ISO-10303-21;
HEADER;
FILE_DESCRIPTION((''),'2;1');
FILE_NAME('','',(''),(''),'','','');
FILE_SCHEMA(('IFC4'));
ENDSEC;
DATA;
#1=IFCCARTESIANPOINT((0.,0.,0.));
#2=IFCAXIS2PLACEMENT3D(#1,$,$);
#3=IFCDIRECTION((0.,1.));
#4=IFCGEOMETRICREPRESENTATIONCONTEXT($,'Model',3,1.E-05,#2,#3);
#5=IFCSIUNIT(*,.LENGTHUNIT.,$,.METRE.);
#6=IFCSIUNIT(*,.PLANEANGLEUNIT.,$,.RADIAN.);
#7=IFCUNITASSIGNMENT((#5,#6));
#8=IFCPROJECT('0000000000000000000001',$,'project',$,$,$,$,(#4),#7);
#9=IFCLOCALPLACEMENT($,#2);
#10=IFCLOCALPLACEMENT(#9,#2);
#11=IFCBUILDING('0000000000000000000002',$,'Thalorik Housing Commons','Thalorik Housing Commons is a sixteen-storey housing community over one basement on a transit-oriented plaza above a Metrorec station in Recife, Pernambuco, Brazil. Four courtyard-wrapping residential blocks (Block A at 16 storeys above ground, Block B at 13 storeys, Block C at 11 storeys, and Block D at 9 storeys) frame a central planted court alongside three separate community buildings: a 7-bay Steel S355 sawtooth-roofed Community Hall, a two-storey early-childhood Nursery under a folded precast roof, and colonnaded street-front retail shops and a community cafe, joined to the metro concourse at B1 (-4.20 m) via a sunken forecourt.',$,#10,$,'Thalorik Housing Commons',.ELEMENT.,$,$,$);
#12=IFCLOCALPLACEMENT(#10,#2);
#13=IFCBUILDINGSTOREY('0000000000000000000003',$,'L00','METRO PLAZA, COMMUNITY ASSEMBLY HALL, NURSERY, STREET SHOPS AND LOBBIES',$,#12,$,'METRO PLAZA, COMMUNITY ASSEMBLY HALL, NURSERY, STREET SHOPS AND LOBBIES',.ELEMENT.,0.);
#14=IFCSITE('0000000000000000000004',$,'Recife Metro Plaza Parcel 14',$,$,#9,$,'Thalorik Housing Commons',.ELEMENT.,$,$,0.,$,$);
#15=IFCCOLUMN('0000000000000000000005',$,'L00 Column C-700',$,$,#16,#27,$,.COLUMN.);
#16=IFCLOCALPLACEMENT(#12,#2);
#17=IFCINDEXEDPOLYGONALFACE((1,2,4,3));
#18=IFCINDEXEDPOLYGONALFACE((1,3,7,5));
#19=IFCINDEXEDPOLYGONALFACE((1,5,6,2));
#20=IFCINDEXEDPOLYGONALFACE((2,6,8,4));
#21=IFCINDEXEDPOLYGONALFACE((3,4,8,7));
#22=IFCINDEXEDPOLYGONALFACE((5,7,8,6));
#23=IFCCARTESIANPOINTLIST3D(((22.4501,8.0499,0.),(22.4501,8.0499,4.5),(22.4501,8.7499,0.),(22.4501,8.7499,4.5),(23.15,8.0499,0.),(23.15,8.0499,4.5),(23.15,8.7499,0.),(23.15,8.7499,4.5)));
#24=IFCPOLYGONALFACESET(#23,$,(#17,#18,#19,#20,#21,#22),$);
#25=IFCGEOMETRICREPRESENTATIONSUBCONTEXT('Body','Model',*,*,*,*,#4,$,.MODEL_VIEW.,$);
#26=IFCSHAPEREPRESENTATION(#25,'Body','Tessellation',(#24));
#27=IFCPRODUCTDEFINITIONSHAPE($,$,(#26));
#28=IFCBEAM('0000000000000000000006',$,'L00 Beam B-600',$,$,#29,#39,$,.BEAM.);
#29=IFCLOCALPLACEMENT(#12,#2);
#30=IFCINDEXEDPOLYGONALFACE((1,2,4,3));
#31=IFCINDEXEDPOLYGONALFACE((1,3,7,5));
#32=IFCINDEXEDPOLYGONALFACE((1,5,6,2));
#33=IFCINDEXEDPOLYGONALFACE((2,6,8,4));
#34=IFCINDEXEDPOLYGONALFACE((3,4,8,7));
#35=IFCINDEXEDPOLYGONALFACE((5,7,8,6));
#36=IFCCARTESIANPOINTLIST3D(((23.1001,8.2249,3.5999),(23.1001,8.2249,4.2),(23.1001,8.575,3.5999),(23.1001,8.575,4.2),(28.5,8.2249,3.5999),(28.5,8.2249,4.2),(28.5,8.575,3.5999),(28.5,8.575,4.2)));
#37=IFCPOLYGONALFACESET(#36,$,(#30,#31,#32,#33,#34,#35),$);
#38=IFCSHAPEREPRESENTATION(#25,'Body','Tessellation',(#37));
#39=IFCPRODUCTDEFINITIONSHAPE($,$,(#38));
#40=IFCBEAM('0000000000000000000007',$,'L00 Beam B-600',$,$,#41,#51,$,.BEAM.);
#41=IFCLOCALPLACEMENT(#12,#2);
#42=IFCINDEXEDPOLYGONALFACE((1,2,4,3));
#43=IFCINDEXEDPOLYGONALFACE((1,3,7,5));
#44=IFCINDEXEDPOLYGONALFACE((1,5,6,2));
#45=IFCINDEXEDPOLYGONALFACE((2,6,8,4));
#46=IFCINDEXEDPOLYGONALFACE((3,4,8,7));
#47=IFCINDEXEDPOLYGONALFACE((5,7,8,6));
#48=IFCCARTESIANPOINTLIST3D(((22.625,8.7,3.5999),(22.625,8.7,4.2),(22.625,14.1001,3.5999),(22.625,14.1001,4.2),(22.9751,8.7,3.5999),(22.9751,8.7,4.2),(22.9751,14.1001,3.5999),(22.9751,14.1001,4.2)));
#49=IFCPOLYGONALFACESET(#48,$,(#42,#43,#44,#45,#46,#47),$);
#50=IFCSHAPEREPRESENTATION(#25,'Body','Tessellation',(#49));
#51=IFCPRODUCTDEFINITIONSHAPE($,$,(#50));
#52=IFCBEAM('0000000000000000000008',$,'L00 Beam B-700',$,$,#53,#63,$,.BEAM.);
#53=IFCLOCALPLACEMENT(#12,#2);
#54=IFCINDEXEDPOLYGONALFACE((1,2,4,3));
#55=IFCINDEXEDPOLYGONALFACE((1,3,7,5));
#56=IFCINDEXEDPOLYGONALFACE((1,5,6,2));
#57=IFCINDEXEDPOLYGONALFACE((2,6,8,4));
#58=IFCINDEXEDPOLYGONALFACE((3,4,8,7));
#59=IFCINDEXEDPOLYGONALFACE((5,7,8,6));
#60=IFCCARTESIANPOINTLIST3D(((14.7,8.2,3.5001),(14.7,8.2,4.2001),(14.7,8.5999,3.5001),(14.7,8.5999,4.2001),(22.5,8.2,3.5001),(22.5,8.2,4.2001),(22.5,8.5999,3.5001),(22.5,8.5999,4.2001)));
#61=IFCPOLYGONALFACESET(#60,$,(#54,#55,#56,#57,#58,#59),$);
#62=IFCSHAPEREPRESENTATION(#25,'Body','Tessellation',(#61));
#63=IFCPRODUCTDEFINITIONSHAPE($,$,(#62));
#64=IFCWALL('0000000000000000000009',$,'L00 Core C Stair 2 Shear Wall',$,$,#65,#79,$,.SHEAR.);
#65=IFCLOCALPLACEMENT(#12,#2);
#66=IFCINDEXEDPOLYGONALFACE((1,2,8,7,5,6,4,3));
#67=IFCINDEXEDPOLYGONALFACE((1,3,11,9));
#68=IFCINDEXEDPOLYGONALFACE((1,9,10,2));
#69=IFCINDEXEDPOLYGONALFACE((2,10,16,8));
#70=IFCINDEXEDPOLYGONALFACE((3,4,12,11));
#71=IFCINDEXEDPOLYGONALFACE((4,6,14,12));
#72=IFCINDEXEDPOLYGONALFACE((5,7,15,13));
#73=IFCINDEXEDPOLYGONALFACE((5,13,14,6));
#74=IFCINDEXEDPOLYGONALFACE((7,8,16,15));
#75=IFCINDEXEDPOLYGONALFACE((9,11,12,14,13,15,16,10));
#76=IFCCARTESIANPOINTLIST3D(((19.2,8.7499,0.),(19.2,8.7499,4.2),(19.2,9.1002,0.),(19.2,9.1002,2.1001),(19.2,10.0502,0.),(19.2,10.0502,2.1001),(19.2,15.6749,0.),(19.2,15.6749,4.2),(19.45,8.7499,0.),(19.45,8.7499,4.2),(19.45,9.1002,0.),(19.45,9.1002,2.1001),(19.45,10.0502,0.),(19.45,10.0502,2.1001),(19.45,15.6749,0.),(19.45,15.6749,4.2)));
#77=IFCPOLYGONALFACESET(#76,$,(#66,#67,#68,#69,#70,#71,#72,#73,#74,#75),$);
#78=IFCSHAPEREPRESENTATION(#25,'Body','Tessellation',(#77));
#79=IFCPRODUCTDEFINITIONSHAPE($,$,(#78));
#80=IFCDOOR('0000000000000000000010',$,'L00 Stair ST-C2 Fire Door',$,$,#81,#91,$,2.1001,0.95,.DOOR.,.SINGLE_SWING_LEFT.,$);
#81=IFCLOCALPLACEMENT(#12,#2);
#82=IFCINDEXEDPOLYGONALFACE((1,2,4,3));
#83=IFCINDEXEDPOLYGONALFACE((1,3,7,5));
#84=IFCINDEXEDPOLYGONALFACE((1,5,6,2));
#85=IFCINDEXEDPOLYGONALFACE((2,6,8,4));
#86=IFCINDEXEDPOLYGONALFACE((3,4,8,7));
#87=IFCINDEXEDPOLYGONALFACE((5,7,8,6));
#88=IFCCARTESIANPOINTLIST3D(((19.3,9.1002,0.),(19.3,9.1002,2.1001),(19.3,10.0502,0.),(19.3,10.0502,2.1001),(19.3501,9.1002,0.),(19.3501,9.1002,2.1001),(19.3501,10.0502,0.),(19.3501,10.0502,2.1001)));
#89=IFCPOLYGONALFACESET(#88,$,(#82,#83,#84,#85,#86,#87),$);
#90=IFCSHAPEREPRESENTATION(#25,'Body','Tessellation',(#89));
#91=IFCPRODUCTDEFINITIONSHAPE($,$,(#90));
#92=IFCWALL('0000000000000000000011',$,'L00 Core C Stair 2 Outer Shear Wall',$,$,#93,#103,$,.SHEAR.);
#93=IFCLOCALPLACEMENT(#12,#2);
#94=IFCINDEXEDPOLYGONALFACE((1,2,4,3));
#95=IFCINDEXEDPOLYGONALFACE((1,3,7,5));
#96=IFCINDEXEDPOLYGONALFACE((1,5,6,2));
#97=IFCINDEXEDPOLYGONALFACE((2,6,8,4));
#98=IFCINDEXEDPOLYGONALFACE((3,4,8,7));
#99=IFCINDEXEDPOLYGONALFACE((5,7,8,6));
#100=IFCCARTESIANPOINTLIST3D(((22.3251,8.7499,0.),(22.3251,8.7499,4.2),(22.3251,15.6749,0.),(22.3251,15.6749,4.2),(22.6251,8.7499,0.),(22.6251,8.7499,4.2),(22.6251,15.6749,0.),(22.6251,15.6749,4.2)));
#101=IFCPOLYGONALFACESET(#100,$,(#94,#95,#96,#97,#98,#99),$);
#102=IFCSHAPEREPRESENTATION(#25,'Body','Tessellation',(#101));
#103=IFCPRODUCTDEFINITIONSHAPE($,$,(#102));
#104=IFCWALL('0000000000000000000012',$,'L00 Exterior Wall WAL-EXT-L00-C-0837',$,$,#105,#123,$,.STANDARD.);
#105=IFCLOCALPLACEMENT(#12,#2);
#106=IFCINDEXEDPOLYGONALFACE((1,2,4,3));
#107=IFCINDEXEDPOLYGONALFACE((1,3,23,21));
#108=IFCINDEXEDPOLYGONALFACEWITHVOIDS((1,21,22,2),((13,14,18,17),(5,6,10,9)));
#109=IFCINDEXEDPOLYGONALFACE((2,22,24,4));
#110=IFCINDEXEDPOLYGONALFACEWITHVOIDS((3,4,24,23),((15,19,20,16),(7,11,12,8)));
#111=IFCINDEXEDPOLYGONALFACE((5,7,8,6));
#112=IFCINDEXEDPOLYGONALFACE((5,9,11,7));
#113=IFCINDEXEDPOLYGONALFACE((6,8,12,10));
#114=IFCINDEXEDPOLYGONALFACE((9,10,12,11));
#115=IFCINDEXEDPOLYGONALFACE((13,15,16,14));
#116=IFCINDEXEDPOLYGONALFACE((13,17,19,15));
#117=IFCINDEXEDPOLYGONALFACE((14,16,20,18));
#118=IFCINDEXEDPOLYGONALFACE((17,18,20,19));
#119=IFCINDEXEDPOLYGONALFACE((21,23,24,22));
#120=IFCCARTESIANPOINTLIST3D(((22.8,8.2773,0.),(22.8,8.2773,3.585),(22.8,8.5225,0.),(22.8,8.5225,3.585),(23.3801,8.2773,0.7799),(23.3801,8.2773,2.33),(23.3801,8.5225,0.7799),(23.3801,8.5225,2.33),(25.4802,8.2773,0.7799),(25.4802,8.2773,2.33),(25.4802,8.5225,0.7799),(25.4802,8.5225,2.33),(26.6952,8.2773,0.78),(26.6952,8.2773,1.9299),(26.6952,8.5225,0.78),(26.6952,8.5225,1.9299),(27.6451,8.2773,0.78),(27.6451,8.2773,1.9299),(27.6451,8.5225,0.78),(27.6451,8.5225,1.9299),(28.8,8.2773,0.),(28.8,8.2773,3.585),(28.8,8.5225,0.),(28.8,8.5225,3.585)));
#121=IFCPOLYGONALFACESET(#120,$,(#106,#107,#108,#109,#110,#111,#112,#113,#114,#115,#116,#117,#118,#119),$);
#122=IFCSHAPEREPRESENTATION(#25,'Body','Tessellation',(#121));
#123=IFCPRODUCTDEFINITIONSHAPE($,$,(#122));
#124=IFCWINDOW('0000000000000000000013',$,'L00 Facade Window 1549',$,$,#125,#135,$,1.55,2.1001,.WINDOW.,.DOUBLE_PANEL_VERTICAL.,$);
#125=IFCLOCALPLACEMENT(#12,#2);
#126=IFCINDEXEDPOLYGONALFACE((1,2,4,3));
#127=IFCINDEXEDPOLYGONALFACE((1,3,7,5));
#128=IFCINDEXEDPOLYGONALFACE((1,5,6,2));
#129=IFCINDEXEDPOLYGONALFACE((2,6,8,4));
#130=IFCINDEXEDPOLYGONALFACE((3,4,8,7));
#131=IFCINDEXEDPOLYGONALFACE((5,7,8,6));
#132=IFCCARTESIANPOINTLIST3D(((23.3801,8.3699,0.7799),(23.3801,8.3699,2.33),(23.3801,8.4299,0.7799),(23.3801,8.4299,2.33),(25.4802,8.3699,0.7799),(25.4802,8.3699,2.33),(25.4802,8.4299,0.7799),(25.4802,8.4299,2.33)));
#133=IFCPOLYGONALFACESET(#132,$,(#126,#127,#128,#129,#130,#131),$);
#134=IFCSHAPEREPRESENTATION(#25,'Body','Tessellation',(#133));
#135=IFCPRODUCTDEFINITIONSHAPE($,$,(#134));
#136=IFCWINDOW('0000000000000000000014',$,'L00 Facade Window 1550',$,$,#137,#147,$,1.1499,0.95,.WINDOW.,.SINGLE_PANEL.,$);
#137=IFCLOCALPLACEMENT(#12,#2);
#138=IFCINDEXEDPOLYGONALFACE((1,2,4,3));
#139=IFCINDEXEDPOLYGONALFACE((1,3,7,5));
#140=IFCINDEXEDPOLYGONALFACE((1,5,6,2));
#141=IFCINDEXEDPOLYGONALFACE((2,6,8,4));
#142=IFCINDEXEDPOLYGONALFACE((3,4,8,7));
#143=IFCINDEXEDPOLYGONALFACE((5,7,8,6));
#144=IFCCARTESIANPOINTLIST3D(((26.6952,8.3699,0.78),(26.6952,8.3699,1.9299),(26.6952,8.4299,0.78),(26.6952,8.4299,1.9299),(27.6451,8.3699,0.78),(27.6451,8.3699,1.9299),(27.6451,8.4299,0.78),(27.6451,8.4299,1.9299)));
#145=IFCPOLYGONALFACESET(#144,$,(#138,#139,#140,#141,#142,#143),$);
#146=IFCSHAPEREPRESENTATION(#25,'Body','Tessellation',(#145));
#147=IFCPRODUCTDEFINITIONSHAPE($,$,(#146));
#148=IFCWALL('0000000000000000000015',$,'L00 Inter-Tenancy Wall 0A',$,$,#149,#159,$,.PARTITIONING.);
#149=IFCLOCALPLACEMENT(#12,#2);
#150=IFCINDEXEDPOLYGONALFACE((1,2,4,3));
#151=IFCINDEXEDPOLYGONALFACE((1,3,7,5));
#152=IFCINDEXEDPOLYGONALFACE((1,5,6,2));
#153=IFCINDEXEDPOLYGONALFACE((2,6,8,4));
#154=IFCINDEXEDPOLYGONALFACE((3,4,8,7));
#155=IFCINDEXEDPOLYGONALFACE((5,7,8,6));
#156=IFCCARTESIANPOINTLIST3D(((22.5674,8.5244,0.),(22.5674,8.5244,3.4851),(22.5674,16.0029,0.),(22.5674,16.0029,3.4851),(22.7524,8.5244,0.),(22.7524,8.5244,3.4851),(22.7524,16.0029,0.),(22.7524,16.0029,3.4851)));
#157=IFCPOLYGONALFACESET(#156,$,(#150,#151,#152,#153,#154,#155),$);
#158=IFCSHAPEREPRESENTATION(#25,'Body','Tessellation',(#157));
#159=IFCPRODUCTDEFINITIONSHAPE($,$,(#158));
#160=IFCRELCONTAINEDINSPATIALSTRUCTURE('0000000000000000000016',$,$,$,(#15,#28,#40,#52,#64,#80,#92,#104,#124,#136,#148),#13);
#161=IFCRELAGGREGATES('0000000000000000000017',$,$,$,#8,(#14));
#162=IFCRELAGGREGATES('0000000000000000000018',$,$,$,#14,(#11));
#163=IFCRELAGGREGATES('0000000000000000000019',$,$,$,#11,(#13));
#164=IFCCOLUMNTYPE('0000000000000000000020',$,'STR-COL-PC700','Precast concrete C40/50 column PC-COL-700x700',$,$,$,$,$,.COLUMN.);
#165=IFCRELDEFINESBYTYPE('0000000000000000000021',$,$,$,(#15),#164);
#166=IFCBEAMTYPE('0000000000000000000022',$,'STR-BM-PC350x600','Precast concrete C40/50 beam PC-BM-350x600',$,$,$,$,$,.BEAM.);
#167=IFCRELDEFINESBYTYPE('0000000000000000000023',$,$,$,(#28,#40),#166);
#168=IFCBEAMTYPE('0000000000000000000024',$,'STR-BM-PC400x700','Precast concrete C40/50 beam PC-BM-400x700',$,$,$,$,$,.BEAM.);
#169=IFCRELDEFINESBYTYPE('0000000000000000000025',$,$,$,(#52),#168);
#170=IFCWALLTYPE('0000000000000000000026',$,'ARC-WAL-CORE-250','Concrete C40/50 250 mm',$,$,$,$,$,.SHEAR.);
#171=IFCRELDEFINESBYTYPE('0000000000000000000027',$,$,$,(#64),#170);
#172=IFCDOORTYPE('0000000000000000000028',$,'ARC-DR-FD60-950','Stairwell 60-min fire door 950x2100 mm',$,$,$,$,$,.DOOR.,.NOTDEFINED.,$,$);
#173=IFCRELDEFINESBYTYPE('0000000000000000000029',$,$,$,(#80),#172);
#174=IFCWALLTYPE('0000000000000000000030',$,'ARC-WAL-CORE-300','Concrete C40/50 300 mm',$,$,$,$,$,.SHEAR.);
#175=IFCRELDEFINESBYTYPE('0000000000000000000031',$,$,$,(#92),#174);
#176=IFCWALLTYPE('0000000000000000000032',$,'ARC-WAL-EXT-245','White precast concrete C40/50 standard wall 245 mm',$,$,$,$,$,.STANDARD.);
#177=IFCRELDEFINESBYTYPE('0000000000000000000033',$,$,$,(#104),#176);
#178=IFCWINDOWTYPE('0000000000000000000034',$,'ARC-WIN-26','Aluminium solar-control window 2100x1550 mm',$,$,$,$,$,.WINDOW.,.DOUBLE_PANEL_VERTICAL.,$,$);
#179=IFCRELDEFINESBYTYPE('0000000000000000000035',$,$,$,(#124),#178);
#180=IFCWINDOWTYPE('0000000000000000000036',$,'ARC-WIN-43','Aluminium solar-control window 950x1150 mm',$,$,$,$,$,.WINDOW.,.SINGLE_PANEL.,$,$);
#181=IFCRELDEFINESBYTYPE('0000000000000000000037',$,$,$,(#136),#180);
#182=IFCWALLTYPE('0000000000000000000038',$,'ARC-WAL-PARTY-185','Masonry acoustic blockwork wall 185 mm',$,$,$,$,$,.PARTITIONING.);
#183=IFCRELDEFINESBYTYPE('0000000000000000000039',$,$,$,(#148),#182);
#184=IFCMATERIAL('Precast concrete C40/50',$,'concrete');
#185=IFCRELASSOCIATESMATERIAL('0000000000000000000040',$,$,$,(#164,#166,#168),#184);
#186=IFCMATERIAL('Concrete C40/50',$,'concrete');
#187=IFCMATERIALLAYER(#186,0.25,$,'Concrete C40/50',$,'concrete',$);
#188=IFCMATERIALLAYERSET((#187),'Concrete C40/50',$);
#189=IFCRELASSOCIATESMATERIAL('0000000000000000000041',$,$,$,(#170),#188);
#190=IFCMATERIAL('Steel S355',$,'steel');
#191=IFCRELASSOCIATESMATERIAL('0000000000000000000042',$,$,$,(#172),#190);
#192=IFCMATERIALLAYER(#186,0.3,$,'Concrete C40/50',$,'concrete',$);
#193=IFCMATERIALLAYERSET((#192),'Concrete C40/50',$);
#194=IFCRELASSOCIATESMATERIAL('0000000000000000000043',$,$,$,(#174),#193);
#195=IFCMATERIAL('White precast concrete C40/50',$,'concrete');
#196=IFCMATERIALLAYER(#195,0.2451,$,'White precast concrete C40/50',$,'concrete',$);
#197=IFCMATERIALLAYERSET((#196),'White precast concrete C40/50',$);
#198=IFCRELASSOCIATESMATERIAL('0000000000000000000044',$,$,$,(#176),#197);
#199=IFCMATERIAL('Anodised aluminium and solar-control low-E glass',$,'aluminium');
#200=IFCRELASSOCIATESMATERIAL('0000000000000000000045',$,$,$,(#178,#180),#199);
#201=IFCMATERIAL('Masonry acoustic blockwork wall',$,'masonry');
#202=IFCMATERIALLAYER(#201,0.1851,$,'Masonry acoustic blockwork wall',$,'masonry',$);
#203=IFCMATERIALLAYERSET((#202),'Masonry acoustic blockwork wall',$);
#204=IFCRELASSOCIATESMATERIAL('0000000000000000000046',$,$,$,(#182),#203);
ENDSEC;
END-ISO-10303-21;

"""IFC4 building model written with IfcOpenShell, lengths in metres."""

from ifc_helpers import new_model, si_unit, direction, frame, frame_2d, origin, origin_2d, place, context, subcontext, project, spatial, rectangle, extrude, material, layer, layer_set, material_profile, profile_set, type_object, element, fill, save


model = new_model("IFC4")

# Units and contexts
model_context = context("Model", 3, precision=1e-05, world=origin(), true_north=direction((0.0, 1.0)))
body_context = subcontext(model_context, "Body", "Model", "MODEL_VIEW")
ifc_project = project(units=[si_unit("LENGTHUNIT", "METRE"), si_unit("PLANEANGLEUNIT", "RADIAN")], contexts=[model_context])

# Site, building, storey
site_placement = place(None, origin())
site = spatial("IfcSite", under=ifc_project, at=site_placement, Name="Recife Metro Plaza Parcel 14", LongName="Thalorik Housing Commons", CompositionType="ELEMENT", RefElevation=0.0)
building_placement = place(site_placement, origin())
building = spatial("IfcBuilding", under=site, at=building_placement, Name="Thalorik Housing Commons", Description="Thalorik Housing Commons is a sixteen-storey housing community over one basement on a transit-oriented plaza above a Metrorec station in Recife, Pernambuco, Brazil. Four courtyard-wrapping residential blocks (Block A at 16 storeys above ground, Block B at 13 storeys, Block C at 11 storeys, and Block D at 9 storeys) frame a central planted court alongside three separate community buildings: a 7-bay Steel S355 sawtooth-roofed Community Hall, a two-storey early-childhood Nursery under a folded precast roof, and colonnaded street-front retail shops and a community cafe, joined to the metro concourse at B1 (-4.20 m) via a sunken forecourt.", LongName="Thalorik Housing Commons", CompositionType="ELEMENT")
storey_placement = place(building_placement, origin())
storey = spatial("IfcBuildingStorey", under=building, at=storey_placement, Name="L00", Description="METRO PLAZA, COMMUNITY ASSEMBLY HALL, NURSERY, STREET SHOPS AND LOBBIES", LongName="METRO PLAZA, COMMUNITY ASSEMBLY HALL, NURSERY, STREET SHOPS AND LOBBIES", CompositionType="ELEMENT", Elevation=0.0)

# Column
ifc_material_1 = material(Name="Precast concrete C40/50", Category="concrete")
ifc_material_profile_1 = material_profile(ifc_material_1, rectangle(XDim=0.7, YDim=0.7, at=origin_2d()), Name="PC 700x700", Category="concrete")
ifc_profile_set_1 = profile_set([ifc_material_profile_1], Name="Precast concrete C40/50")
column_type = type_object("IfcColumnType", Name="STR-COL-PC700", Description="Precast concrete C40/50 column PC-COL-700x700", PredefinedType="COLUMN", material=ifc_profile_set_1)
column_placement = place(storey_placement, frame((22.8, 8.3999, 0.0), z_axis=(0.0, 0.0, 1.0), x_axis=(1.0, 0.0, 0.0)))
element("IfcColumn", 1, at=column_placement, inside=storey, type_object=column_type, Name="L00 Column C-700", PredefinedType="COLUMN", context=body_context, shape_type="SweptSolid", body=[
    extrude(rectangle(XDim=0.7, YDim=0.7, at=origin_2d()), origin(), (0.0, 0.0, 1.0), 4.5),
])

# Beams
ifc_material_profile_2 = material_profile(ifc_material_1, rectangle(XDim=0.3501, YDim=0.6001, at=origin_2d()), Name="PC 350x600", Category="concrete")
ifc_profile_set_2 = profile_set([ifc_material_profile_2], Name="Precast concrete C40/50")
beam_type_1 = type_object("IfcBeamType", Name="STR-BM-PC350x600", Description="Precast concrete C40/50 beam PC-BM-350x600", PredefinedType="BEAM", material=ifc_profile_set_2)
beam_1_placement = place(storey_placement, frame((23.1001, 8.3999, 3.8999), z_axis=(1.0, 0.0, 0.0), x_axis=(0.0, 1.0, 0.0)))
element("IfcBeam", 2, at=beam_1_placement, inside=storey, type_object=beam_type_1, Name="L00 Beam B-600", PredefinedType="BEAM", context=body_context, shape_type="SweptSolid", body=[
    extrude(rectangle(XDim=0.3501, YDim=0.6001, at=origin_2d()), origin(), (0.0, 0.0, 1.0), 5.3999),
])
beam_2_placement = place(storey_placement, frame((22.8, 8.7, 3.8999), z_axis=(0.0, 1.0, 0.0), x_axis=(-1.0, 0.0, 0.0)))
element("IfcBeam", 3, at=beam_2_placement, inside=storey, type_object=beam_type_1, Name="L00 Beam B-600", PredefinedType="BEAM", context=body_context, shape_type="SweptSolid", body=[
    extrude(rectangle(XDim=0.3501, YDim=0.6001, at=origin_2d()), origin(), (0.0, 0.0, 1.0), 5.4001),
])
ifc_material_profile_3 = material_profile(ifc_material_1, rectangle(XDim=0.3999, YDim=0.7, at=origin_2d()), Name="PC 400x700", Category="concrete")
ifc_profile_set_3 = profile_set([ifc_material_profile_3], Name="Precast concrete C40/50")
beam_type_2 = type_object("IfcBeamType", Name="STR-BM-PC400x700", Description="Precast concrete C40/50 beam PC-BM-400x700", PredefinedType="BEAM", material=ifc_profile_set_3)
beam_3_placement = place(storey_placement, frame((14.7, 8.3999, 3.8501), z_axis=(1.0, 0.0, 0.0), x_axis=(0.0, 1.0, 0.0)))
element("IfcBeam", 4, at=beam_3_placement, inside=storey, type_object=beam_type_2, Name="L00 Beam B-700", PredefinedType="BEAM", context=body_context, shape_type="SweptSolid", body=[
    extrude(rectangle(XDim=0.3999, YDim=0.7, at=origin_2d()), origin(), (0.0, 0.0, 1.0), 7.8),
])

# Wall, opening, door
ifc_material_2 = material(Name="Concrete C40/50", Category="concrete")
ifc_layer_1 = layer(ifc_material_2, 0.25, Name="Concrete C40/50", Category="concrete")
ifc_layer_set_1 = layer_set([ifc_layer_1], Name="Concrete C40/50")
wall_type_1 = type_object("IfcWallType", Name="ARC-WAL-CORE-250", Description="Concrete C40/50 250 mm", PredefinedType="SHEAR", material=ifc_layer_set_1)
wall_1_placement = place(storey_placement, frame((19.325, 8.75, 0.0), z_axis=(0.0, 0.0, 1.0), x_axis=(0.0, 1.0, 0.0)))
wall_1 = element("IfcWall", 5, at=wall_1_placement, inside=storey, type_object=wall_type_1, Name="L00 Core C Stair 2 Shear Wall", PredefinedType="SHEAR", context=body_context, shape_type="SweptSolid", body=[
    extrude(rectangle(XDim=6.925, YDim=0.25, at=frame_2d((3.4624, 0.0))), origin(), (0.0, 0.0, 1.0), 4.2),
])
opening_1_placement = place(wall_1_placement, frame((0.3501, 0.0, 0.0)))
opening_1 = element("IfcOpeningElement", 6, at=opening_1_placement, cuts=wall_1, PredefinedType="OPENING", context=body_context, shape_type="SweptSolid", body=[
    extrude(rectangle(XDim=0.95, YDim=2.1001, at=frame_2d((0.4751, 1.05))), frame((0.0, 0.135, 0.0), z_axis=(0.0, -1.0, 0.0), x_axis=(1.0, 0.0, 0.0)), (0.0, 0.0, 1.0), 0.27),
])
ifc_material_3 = material(Name="Steel S355", Category="steel")
door_type_1 = type_object("IfcDoorType", Name="ARC-DR-FD60-950", Description="Stairwell 60-min fire door 950x2100 mm", OperationType="NOTDEFINED", PredefinedType="DOOR", material=ifc_material_3)
door_1_placement = place(opening_1_placement, origin())
door_1 = element("IfcDoor", 7, at=door_1_placement, inside=storey, type_object=door_type_1, Name="L00 Stair ST-C2 Fire Door", OperationType="SINGLE_SWING_LEFT", OverallHeight=2.1001, OverallWidth=0.95, PredefinedType="DOOR", context=body_context, shape_type="SweptSolid", body=[
    extrude(rectangle(XDim=0.95, YDim=2.1001, at=frame_2d((0.4751, 1.05))), frame((0.0, 0.0249, 0.0), z_axis=(0.0, -1.0, 0.0), x_axis=(1.0, 0.0, 0.0)), (0.0, 0.0, 1.0), 0.05),
])
fill(opening_1, door_1)

# Wall
ifc_layer_2 = layer(ifc_material_2, 0.3, Name="Concrete C40/50", Category="concrete")
ifc_layer_set_2 = layer_set([ifc_layer_2], Name="Concrete C40/50")
wall_type_2 = type_object("IfcWallType", Name="ARC-WAL-CORE-300", Description="Concrete C40/50 300 mm", PredefinedType="SHEAR", material=ifc_layer_set_2)
wall_2_placement = place(storey_placement, frame((22.4751, 8.75, 0.0), z_axis=(0.0, 0.0, 1.0), x_axis=(0.0, 1.0, 0.0)))
element("IfcWall", 8, at=wall_2_placement, inside=storey, type_object=wall_type_2, Name="L00 Core C Stair 2 Outer Shear Wall", PredefinedType="SHEAR", context=body_context, shape_type="SweptSolid", body=[
    extrude(rectangle(XDim=6.925, YDim=0.3, at=frame_2d((3.4624, 0.0))), origin(), (0.0, 0.0, 1.0), 4.2),
])

# Wall, openings, windows
ifc_material_4 = material(Name="White precast concrete C40/50", Category="concrete")
ifc_layer_3 = layer(ifc_material_4, 0.2451, Name="White precast concrete C40/50", Category="concrete")
ifc_layer_set_3 = layer_set([ifc_layer_3], Name="White precast concrete C40/50")
wall_type_3 = type_object("IfcWallType", Name="ARC-WAL-EXT-245", Description="White precast concrete C40/50 standard wall 245 mm", PredefinedType="STANDARD", material=ifc_layer_set_3)
wall_3_placement = place(storey_placement, frame((22.8, 8.3999, 0.0), z_axis=(0.0, 0.0, 1.0), x_axis=(1.0, 0.0, 0.0)))
wall_3 = element("IfcWall", 9, at=wall_3_placement, inside=storey, type_object=wall_type_3, Name="L00 Exterior Wall WAL-EXT-L00-C-0837", PredefinedType="STANDARD", context=body_context, shape_type="SweptSolid", body=[
    extrude(rectangle(XDim=6.0, YDim=0.2451, at=frame_2d((3.0, 0.0))), origin(), (0.0, 0.0, 1.0), 3.585),
])
opening_2_placement = place(wall_3_placement, frame((0.5801, 0.0, 0.78)))
opening_2 = element("IfcOpeningElement", 10, at=opening_2_placement, cuts=wall_3, PredefinedType="OPENING", context=body_context, shape_type="SweptSolid", body=[
    extrude(rectangle(XDim=2.1001, YDim=1.55, at=frame_2d((1.05, 0.7749))), frame((0.0, 0.1326, 0.0), z_axis=(0.0, -1.0, 0.0), x_axis=(1.0, 0.0, 0.0)), (0.0, 0.0, 1.0), 0.2651),
])
opening_3_placement = place(wall_3_placement, frame((3.895, 0.0, 0.78)))
opening_3 = element("IfcOpeningElement", 11, at=opening_3_placement, cuts=wall_3, PredefinedType="OPENING", context=body_context, shape_type="SweptSolid", body=[
    extrude(rectangle(XDim=0.95, YDim=1.1499, at=frame_2d((0.4751, 0.575))), frame((0.0, 0.1326, 0.0), z_axis=(0.0, -1.0, 0.0), x_axis=(1.0, 0.0, 0.0)), (0.0, 0.0, 1.0), 0.2651),
])
ifc_material_5 = material(Name="Anodised aluminium and solar-control low-E glass", Category="aluminium")
window_type_1 = type_object("IfcWindowType", Name="ARC-WIN-26", Description="Aluminium solar-control window 2100x1550 mm", PartitioningType="DOUBLE_PANEL_VERTICAL", PredefinedType="WINDOW", material=ifc_material_5)
window_1_placement = place(opening_2_placement, origin())
window_1 = element("IfcWindow", 12, at=window_1_placement, inside=storey, type_object=window_type_1, Name="L00 Facade Window 1549", OverallHeight=1.55, OverallWidth=2.1001, PartitioningType="DOUBLE_PANEL_VERTICAL", PredefinedType="WINDOW", context=body_context, shape_type="SweptSolid", body=[
    extrude(rectangle(XDim=2.1001, YDim=1.55, at=frame_2d((1.05, 0.7749))), frame((0.0, 0.03, 0.0), z_axis=(0.0, -1.0, 0.0), x_axis=(1.0, 0.0, 0.0)), (0.0, 0.0, 1.0), 0.0601),
])
fill(opening_2, window_1)
window_type_2 = type_object("IfcWindowType", Name="ARC-WIN-43", Description="Aluminium solar-control window 950x1150 mm", PartitioningType="SINGLE_PANEL", PredefinedType="WINDOW", material=ifc_material_5)
window_2_placement = place(opening_3_placement, origin())
window_2 = element("IfcWindow", 13, at=window_2_placement, inside=storey, type_object=window_type_2, Name="L00 Facade Window 1550", OverallHeight=1.1499, OverallWidth=0.95, PartitioningType="SINGLE_PANEL", PredefinedType="WINDOW", context=body_context, shape_type="SweptSolid", body=[
    extrude(rectangle(XDim=0.95, YDim=1.1499, at=frame_2d((0.4751, 0.575))), frame((0.0, 0.03, 0.0), z_axis=(0.0, -1.0, 0.0), x_axis=(1.0, 0.0, 0.0)), (0.0, 0.0, 1.0), 0.0601),
])
fill(opening_3, window_2)

# Wall
ifc_material_6 = material(Name="Masonry acoustic blockwork wall", Category="masonry")
ifc_layer_4 = layer(ifc_material_6, 0.1851, Name="Masonry acoustic blockwork wall", Category="masonry")
ifc_layer_set_4 = layer_set([ifc_layer_4], Name="Masonry acoustic blockwork wall")
wall_type_4 = type_object("IfcWallType", Name="ARC-WAL-PARTY-185", Description="Masonry acoustic blockwork wall 185 mm", PredefinedType="PARTITIONING", material=ifc_layer_set_4)
wall_4_placement = place(storey_placement, frame((22.6599, 8.5244, 0.0), z_axis=(0.0, 0.0, 1.0), x_axis=(0.0, 1.0, 0.0)))
element("IfcWall", 14, at=wall_4_placement, inside=storey, type_object=wall_type_4, Name="L00 Inter-Tenancy Wall 0A", PredefinedType="PARTITIONING", context=body_context, shape_type="SweptSolid", body=[
    extrude(rectangle(XDim=7.4785, YDim=0.1851, at=frame_2d((3.7393, 0.0))), origin(), (0.0, 0.0, 1.0), 3.4851),
])

save(model, "model.ifc")
